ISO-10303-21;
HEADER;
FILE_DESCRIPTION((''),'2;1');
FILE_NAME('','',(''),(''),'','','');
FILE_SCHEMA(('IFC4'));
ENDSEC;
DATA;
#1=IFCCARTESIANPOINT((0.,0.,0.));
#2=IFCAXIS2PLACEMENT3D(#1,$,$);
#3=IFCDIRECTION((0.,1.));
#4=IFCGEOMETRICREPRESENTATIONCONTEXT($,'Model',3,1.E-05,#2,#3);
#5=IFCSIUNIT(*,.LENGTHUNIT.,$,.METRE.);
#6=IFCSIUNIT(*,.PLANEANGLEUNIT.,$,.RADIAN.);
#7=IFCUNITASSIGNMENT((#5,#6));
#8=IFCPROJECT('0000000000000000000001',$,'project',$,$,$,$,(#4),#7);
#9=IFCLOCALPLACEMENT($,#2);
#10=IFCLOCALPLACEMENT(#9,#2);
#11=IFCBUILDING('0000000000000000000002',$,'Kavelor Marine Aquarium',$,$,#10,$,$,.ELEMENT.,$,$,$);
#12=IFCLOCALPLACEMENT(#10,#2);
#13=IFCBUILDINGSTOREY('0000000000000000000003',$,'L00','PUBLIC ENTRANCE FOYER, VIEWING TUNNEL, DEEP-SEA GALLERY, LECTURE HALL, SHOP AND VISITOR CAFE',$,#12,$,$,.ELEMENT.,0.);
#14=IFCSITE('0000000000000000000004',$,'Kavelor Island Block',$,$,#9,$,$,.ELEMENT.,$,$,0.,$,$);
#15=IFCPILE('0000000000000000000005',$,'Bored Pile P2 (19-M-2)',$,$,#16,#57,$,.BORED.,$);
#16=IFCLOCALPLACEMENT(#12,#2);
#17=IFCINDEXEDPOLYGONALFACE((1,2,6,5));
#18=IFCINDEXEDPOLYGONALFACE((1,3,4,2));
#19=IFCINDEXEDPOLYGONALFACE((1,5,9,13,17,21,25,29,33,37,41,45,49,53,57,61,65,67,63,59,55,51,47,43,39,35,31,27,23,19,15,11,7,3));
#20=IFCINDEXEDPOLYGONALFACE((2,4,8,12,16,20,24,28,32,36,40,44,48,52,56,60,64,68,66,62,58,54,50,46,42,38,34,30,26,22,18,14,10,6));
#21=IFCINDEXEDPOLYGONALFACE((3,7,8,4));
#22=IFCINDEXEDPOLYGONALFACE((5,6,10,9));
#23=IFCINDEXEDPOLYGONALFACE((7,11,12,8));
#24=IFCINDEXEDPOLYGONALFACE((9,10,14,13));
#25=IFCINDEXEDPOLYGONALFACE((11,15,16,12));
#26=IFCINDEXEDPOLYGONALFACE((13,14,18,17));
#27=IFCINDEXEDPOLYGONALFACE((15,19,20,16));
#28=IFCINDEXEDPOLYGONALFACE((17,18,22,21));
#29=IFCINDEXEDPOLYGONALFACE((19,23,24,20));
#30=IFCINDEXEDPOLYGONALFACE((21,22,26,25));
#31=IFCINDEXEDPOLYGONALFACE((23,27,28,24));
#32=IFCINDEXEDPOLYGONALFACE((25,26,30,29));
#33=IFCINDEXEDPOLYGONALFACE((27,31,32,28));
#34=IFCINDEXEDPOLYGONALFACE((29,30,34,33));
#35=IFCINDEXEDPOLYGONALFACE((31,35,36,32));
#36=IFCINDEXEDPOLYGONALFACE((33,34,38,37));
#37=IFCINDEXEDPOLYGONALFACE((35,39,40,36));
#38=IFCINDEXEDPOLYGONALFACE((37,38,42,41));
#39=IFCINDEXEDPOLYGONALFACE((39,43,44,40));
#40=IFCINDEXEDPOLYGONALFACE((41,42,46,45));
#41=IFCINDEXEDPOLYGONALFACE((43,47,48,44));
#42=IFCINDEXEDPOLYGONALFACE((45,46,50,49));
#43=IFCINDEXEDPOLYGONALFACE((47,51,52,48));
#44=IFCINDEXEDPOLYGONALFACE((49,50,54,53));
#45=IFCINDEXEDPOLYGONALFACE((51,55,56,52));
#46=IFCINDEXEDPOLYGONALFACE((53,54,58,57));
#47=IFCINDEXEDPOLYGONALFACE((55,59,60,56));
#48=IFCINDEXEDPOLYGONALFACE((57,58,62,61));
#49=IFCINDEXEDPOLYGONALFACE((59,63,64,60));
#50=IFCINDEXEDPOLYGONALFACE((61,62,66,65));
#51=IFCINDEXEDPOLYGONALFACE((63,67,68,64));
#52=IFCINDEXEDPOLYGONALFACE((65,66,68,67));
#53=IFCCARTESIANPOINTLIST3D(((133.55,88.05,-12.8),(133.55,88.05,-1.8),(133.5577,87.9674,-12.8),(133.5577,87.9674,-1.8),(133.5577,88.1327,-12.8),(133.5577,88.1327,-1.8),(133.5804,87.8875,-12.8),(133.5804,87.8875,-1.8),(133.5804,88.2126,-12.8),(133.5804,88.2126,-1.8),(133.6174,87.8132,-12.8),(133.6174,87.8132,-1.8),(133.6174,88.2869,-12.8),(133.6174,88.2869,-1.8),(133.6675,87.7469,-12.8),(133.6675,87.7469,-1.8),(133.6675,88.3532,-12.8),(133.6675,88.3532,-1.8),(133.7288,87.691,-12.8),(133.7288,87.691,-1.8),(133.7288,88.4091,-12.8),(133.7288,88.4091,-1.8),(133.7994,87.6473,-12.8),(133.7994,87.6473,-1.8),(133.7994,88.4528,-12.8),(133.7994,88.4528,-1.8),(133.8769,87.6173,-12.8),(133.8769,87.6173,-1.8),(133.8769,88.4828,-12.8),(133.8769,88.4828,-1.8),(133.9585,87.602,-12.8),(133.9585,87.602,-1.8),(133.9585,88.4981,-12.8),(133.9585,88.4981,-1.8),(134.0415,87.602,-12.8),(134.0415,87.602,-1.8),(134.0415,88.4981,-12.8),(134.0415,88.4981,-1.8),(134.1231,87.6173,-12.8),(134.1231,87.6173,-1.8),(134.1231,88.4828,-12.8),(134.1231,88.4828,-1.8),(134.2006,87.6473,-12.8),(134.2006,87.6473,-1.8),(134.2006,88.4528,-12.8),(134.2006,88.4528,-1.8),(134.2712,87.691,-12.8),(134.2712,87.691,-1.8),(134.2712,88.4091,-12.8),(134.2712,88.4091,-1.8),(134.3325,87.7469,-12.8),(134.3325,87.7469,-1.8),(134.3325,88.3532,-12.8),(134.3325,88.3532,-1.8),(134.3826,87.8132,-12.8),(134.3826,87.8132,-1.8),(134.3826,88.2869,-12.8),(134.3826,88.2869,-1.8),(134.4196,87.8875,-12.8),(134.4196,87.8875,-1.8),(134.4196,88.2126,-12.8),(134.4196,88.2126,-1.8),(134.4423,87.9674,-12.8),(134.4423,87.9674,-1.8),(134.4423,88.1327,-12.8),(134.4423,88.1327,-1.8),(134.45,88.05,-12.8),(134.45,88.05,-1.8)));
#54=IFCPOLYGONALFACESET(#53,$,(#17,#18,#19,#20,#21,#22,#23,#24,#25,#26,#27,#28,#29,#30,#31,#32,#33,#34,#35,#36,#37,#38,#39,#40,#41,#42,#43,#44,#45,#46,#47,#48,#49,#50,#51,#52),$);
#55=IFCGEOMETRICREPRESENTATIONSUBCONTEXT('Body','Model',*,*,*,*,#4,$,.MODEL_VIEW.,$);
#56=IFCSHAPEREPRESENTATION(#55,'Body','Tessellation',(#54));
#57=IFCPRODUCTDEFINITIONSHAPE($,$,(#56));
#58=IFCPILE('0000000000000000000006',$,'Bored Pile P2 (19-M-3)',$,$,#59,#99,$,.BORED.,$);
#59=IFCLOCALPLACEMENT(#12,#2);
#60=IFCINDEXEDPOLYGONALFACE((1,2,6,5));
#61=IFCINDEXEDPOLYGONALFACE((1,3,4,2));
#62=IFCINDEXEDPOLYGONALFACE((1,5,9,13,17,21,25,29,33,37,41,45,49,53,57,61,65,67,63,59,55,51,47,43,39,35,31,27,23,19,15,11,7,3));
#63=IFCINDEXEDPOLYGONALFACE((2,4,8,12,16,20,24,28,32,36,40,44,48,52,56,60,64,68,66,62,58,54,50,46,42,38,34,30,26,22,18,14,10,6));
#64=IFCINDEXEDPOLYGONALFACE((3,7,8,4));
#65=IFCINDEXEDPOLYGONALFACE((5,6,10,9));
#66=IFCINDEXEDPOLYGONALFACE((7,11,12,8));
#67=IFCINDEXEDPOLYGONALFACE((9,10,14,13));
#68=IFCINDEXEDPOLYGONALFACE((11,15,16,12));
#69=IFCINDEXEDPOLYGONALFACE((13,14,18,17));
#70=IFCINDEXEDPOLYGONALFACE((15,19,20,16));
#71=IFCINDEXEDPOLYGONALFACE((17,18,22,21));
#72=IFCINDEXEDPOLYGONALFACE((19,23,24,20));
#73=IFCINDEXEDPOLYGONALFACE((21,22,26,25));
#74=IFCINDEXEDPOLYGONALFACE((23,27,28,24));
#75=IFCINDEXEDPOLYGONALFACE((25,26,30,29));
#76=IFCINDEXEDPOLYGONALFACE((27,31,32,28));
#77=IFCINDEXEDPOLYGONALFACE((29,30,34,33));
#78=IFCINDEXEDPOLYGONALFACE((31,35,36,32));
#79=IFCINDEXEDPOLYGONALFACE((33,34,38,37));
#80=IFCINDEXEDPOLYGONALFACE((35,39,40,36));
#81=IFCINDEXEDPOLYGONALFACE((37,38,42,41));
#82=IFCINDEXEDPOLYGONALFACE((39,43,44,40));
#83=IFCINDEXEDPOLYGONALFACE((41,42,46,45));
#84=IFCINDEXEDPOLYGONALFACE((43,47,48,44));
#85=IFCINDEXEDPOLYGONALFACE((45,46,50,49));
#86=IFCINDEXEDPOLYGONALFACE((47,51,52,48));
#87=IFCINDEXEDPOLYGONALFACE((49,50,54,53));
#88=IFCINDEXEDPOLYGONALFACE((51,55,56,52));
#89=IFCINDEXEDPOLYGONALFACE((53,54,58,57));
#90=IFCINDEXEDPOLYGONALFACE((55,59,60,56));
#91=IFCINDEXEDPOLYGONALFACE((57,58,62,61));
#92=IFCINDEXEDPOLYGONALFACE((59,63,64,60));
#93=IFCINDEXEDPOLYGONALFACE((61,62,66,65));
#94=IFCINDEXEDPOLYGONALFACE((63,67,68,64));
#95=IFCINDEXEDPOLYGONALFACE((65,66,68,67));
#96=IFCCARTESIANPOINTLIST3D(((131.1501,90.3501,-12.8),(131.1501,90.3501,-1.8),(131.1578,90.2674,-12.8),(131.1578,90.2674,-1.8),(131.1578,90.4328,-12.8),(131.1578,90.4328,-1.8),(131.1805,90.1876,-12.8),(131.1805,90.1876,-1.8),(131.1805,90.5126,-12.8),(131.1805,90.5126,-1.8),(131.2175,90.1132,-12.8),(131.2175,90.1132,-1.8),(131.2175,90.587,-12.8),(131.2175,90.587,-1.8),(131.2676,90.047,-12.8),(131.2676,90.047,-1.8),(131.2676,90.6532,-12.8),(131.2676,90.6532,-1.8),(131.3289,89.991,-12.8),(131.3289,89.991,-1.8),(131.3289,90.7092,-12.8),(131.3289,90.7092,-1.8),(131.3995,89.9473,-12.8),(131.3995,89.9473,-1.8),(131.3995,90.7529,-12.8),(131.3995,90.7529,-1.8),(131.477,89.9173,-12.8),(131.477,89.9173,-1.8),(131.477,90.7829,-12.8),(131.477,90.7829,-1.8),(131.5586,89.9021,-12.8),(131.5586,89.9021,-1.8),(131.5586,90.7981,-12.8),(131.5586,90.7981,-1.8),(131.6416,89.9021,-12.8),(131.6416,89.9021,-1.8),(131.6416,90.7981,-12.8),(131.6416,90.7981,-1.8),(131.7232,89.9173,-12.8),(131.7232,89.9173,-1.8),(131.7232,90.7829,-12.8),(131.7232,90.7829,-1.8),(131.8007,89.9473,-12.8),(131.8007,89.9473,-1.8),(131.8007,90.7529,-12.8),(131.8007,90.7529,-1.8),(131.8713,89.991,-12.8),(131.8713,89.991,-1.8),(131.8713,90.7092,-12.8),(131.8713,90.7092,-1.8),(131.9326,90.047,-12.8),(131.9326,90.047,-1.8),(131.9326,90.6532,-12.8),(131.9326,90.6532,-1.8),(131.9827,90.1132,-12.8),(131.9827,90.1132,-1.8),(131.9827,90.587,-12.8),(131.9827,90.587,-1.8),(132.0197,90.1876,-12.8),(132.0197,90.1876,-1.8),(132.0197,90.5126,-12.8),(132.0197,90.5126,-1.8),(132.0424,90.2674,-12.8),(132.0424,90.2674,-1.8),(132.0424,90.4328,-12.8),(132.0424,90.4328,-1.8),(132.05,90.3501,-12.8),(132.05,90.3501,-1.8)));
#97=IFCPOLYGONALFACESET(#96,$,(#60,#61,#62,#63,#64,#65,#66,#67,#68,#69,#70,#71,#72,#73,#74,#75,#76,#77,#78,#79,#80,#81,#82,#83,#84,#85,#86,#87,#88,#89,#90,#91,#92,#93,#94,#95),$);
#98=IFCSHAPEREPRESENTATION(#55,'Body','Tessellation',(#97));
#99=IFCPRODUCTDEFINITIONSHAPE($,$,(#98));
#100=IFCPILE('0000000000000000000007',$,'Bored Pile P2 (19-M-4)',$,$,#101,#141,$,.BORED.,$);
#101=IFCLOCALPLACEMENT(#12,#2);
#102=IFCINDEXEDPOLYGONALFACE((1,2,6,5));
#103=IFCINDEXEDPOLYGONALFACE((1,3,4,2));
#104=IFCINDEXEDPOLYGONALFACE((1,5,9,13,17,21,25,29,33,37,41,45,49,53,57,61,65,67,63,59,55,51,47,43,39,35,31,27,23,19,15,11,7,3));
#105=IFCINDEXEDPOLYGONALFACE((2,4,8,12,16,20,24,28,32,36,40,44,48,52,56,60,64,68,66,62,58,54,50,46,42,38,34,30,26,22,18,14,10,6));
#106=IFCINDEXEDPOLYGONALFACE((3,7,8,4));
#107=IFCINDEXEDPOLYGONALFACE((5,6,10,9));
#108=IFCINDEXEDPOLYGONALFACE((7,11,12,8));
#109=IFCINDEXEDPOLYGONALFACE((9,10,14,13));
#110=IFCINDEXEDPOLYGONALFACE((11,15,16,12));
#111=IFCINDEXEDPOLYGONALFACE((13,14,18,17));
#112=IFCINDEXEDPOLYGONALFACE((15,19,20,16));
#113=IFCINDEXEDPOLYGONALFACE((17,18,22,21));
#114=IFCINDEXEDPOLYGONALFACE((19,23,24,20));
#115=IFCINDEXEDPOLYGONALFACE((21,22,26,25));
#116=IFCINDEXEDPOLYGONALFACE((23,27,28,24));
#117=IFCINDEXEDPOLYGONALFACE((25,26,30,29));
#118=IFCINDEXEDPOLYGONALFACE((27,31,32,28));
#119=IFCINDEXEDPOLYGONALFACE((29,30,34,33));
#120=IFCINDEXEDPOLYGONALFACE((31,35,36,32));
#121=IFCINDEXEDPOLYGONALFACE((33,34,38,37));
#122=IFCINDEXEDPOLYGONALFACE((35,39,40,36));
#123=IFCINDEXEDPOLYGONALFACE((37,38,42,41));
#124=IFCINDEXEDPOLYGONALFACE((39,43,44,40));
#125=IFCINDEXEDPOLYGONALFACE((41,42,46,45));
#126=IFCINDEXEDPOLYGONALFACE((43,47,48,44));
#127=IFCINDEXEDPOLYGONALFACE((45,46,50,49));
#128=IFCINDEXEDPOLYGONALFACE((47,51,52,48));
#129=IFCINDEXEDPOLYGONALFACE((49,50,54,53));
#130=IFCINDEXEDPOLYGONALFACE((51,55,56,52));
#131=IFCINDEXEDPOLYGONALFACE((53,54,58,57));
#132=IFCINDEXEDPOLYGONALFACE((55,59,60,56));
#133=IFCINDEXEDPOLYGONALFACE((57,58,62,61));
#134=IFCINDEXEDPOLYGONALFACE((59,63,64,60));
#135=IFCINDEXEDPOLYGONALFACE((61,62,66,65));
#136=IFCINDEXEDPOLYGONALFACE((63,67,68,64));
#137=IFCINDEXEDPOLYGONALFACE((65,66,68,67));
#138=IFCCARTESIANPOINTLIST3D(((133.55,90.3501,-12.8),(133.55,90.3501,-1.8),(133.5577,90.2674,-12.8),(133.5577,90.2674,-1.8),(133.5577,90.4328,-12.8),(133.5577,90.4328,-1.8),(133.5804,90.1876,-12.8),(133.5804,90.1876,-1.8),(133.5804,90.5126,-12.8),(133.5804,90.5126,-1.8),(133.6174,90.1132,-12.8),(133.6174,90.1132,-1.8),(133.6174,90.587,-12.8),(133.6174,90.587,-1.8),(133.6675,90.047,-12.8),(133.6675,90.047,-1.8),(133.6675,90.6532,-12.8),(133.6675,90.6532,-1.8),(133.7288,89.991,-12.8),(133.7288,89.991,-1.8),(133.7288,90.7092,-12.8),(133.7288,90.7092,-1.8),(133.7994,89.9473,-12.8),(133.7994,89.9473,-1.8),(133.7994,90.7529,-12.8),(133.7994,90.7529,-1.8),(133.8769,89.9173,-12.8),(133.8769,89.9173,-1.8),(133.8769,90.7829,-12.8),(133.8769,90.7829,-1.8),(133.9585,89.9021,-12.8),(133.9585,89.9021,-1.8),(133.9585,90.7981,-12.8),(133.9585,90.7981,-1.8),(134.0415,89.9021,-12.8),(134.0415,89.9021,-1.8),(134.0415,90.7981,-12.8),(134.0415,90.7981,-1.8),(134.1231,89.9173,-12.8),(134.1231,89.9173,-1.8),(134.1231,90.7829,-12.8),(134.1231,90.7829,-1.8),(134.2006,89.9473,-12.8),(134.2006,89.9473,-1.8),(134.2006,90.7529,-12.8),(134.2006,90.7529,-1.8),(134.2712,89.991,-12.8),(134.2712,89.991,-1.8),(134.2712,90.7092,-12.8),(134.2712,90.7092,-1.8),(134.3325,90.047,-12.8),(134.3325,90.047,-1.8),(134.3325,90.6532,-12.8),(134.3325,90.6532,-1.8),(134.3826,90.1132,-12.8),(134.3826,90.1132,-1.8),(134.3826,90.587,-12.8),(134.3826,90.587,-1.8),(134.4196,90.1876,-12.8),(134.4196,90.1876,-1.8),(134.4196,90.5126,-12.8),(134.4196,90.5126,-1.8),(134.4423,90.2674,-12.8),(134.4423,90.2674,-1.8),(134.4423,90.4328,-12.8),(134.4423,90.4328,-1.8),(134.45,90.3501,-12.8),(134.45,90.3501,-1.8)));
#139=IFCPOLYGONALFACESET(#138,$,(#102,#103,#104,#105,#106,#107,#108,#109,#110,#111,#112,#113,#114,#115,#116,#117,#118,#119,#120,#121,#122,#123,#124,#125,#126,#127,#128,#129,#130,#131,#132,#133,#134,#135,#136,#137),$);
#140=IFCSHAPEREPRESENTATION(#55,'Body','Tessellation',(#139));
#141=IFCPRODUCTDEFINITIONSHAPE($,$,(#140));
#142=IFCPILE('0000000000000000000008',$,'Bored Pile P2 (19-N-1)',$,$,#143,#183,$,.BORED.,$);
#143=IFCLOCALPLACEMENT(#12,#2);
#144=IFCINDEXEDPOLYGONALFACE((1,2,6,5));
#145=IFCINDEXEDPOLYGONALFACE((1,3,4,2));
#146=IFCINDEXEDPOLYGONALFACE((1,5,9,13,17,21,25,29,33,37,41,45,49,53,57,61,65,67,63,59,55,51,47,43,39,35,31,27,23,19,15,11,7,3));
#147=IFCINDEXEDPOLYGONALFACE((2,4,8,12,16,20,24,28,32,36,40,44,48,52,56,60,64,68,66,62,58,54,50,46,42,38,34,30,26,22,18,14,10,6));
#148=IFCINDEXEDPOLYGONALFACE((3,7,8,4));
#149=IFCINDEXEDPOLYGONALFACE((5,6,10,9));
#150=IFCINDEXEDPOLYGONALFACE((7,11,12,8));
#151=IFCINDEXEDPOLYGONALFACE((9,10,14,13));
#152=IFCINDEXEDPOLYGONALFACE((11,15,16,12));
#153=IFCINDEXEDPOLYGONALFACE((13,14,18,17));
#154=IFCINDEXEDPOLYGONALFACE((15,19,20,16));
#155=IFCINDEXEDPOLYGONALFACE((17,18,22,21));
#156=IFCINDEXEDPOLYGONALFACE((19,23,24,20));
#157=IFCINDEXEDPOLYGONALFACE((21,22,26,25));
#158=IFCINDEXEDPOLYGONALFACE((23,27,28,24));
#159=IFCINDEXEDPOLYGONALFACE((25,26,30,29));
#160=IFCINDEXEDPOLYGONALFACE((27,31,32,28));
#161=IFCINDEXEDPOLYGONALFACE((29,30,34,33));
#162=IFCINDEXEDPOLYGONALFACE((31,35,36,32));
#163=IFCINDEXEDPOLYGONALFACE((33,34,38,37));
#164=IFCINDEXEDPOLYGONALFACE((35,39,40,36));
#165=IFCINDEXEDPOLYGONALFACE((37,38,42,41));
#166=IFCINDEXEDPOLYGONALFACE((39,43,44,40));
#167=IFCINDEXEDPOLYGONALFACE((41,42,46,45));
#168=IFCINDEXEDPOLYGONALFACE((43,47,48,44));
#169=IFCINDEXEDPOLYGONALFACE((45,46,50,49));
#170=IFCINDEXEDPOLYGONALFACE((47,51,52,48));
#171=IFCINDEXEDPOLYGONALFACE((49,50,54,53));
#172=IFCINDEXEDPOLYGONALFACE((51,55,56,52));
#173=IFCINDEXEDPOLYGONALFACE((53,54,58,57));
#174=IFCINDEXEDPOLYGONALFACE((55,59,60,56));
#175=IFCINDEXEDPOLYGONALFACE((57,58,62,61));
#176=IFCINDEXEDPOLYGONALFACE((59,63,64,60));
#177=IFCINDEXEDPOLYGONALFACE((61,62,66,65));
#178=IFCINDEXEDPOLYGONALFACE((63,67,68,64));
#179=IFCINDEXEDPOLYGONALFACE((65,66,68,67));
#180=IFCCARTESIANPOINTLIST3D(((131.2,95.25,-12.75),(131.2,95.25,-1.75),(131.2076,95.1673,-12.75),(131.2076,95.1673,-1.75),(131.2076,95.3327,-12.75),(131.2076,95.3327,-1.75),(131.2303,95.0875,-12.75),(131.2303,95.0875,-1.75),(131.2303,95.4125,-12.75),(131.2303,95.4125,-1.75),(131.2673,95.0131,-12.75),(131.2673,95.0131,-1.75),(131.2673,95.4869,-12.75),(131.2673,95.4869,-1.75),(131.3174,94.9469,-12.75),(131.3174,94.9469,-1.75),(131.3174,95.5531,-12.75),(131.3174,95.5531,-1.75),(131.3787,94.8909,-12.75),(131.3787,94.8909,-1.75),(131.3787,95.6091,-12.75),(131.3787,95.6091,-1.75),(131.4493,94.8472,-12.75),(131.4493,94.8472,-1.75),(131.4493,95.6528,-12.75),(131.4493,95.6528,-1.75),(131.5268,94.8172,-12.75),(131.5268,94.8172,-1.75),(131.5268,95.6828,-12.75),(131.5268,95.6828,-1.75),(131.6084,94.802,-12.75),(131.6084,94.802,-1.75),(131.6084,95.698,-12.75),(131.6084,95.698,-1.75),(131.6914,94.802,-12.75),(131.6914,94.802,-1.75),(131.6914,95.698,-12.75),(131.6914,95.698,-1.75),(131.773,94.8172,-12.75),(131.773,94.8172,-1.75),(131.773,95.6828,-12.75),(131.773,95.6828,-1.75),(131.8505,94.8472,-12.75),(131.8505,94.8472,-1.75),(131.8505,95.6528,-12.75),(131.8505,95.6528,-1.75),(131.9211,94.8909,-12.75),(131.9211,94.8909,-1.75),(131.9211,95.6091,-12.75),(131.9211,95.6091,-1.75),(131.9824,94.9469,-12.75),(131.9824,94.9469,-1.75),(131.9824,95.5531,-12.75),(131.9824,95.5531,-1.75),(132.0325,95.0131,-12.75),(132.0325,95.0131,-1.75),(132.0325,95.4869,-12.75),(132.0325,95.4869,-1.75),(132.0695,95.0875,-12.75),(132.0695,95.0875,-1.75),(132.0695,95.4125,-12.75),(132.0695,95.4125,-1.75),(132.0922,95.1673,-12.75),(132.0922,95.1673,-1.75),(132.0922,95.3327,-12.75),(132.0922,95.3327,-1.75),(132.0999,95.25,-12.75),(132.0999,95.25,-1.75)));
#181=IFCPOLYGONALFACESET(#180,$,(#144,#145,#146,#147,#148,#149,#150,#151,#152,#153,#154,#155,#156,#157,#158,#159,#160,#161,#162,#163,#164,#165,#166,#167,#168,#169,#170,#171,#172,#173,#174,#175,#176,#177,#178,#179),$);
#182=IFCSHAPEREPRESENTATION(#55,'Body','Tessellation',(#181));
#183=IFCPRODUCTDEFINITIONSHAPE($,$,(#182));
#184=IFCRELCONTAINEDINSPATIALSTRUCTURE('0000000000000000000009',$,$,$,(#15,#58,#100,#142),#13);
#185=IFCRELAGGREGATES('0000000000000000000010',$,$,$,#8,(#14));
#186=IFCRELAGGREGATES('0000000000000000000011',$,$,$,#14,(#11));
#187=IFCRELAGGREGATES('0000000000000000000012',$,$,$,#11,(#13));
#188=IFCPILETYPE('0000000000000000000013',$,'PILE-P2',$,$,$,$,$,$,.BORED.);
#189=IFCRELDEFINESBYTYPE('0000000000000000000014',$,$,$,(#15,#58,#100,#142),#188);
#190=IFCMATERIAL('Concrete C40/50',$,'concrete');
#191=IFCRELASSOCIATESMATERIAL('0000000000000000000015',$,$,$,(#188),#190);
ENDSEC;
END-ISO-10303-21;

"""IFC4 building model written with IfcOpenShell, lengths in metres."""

from ifc_helpers import new_model, si_unit, direction, frame, origin, origin_2d, place, context, subcontext, project, spatial, circle, extrude, material, material_profile, profile_set, type_object, element, save


model = new_model("IFC4")

# Units and contexts
model_context = context("Model", 3, precision=1e-05, world=origin(), true_north=direction((0.0, 1.0)))
body_context = subcontext(model_context, "Body", "Model", "MODEL_VIEW")
ifc_project = project(units=[si_unit("LENGTHUNIT", "METRE"), si_unit("PLANEANGLEUNIT", "RADIAN")], contexts=[model_context])

# Site, building, storey
site_placement = place(None, origin())
site = spatial("IfcSite", under=ifc_project, at=site_placement, Name="Kavelor Island Block", CompositionType="ELEMENT", RefElevation=0.0)
building_placement = place(site_placement, origin())
building = spatial("IfcBuilding", under=site, at=building_placement, Name="Kavelor Marine Aquarium", CompositionType="ELEMENT")
storey_placement = place(building_placement, origin())
storey = spatial("IfcBuildingStorey", under=building, at=storey_placement, Name="L00", Description="PUBLIC ENTRANCE FOYER, VIEWING TUNNEL, DEEP-SEA GALLERY, LECTURE HALL, SHOP AND VISITOR CAFE", CompositionType="ELEMENT", Elevation=0.0)

# Piles
ifc_material_1 = material(Name="Concrete C40/50", Category="concrete")
ifc_material_profile_1 = material_profile(ifc_material_1, circle(Radius=0.45, at=origin_2d()), Name="PILE D900")
ifc_profile_set_1 = profile_set([ifc_material_profile_1], Name="Concrete C40/50")
pile_type_1 = type_object("IfcPileType", Name="PILE-P2", PredefinedType="BORED", material=ifc_profile_set_1)
for number, where, z_axis, x_axis, name in (
    (1, (134.0, 88.05, -1.8), (0.0, 0.0, -1.0), (1.0, 0.0, 0.0), "Bored Pile P2 (19-M-2)"),
    (2, (131.6001, 90.3501, -1.8), (0.0, 0.0, -1.0), (1.0, 0.0, 0.0), "Bored Pile P2 (19-M-3)"),
    (3, (134.0, 90.3501, -1.8), (0.0, 0.0, -1.0), (1.0, 0.0, 0.0), "Bored Pile P2 (19-M-4)"),
    (4, (131.6499, 95.25, -1.75), (0.0, 0.0, -1.0), (1.0, 0.0, 0.0), "Bored Pile P2 (19-N-1)"),
):
    element("IfcPile", number, at=place(storey_placement, frame(where, z_axis=z_axis, x_axis=x_axis)), inside=storey, type_object=pile_type_1, Name=name, PredefinedType="BORED", context=body_context, shape_type="SweptSolid", body=[
        extrude(circle(Radius=0.45, at=origin_2d()), origin(), (0.0, 0.0, 1.0), 11.0),
    ])

save(model, "model.ifc")
